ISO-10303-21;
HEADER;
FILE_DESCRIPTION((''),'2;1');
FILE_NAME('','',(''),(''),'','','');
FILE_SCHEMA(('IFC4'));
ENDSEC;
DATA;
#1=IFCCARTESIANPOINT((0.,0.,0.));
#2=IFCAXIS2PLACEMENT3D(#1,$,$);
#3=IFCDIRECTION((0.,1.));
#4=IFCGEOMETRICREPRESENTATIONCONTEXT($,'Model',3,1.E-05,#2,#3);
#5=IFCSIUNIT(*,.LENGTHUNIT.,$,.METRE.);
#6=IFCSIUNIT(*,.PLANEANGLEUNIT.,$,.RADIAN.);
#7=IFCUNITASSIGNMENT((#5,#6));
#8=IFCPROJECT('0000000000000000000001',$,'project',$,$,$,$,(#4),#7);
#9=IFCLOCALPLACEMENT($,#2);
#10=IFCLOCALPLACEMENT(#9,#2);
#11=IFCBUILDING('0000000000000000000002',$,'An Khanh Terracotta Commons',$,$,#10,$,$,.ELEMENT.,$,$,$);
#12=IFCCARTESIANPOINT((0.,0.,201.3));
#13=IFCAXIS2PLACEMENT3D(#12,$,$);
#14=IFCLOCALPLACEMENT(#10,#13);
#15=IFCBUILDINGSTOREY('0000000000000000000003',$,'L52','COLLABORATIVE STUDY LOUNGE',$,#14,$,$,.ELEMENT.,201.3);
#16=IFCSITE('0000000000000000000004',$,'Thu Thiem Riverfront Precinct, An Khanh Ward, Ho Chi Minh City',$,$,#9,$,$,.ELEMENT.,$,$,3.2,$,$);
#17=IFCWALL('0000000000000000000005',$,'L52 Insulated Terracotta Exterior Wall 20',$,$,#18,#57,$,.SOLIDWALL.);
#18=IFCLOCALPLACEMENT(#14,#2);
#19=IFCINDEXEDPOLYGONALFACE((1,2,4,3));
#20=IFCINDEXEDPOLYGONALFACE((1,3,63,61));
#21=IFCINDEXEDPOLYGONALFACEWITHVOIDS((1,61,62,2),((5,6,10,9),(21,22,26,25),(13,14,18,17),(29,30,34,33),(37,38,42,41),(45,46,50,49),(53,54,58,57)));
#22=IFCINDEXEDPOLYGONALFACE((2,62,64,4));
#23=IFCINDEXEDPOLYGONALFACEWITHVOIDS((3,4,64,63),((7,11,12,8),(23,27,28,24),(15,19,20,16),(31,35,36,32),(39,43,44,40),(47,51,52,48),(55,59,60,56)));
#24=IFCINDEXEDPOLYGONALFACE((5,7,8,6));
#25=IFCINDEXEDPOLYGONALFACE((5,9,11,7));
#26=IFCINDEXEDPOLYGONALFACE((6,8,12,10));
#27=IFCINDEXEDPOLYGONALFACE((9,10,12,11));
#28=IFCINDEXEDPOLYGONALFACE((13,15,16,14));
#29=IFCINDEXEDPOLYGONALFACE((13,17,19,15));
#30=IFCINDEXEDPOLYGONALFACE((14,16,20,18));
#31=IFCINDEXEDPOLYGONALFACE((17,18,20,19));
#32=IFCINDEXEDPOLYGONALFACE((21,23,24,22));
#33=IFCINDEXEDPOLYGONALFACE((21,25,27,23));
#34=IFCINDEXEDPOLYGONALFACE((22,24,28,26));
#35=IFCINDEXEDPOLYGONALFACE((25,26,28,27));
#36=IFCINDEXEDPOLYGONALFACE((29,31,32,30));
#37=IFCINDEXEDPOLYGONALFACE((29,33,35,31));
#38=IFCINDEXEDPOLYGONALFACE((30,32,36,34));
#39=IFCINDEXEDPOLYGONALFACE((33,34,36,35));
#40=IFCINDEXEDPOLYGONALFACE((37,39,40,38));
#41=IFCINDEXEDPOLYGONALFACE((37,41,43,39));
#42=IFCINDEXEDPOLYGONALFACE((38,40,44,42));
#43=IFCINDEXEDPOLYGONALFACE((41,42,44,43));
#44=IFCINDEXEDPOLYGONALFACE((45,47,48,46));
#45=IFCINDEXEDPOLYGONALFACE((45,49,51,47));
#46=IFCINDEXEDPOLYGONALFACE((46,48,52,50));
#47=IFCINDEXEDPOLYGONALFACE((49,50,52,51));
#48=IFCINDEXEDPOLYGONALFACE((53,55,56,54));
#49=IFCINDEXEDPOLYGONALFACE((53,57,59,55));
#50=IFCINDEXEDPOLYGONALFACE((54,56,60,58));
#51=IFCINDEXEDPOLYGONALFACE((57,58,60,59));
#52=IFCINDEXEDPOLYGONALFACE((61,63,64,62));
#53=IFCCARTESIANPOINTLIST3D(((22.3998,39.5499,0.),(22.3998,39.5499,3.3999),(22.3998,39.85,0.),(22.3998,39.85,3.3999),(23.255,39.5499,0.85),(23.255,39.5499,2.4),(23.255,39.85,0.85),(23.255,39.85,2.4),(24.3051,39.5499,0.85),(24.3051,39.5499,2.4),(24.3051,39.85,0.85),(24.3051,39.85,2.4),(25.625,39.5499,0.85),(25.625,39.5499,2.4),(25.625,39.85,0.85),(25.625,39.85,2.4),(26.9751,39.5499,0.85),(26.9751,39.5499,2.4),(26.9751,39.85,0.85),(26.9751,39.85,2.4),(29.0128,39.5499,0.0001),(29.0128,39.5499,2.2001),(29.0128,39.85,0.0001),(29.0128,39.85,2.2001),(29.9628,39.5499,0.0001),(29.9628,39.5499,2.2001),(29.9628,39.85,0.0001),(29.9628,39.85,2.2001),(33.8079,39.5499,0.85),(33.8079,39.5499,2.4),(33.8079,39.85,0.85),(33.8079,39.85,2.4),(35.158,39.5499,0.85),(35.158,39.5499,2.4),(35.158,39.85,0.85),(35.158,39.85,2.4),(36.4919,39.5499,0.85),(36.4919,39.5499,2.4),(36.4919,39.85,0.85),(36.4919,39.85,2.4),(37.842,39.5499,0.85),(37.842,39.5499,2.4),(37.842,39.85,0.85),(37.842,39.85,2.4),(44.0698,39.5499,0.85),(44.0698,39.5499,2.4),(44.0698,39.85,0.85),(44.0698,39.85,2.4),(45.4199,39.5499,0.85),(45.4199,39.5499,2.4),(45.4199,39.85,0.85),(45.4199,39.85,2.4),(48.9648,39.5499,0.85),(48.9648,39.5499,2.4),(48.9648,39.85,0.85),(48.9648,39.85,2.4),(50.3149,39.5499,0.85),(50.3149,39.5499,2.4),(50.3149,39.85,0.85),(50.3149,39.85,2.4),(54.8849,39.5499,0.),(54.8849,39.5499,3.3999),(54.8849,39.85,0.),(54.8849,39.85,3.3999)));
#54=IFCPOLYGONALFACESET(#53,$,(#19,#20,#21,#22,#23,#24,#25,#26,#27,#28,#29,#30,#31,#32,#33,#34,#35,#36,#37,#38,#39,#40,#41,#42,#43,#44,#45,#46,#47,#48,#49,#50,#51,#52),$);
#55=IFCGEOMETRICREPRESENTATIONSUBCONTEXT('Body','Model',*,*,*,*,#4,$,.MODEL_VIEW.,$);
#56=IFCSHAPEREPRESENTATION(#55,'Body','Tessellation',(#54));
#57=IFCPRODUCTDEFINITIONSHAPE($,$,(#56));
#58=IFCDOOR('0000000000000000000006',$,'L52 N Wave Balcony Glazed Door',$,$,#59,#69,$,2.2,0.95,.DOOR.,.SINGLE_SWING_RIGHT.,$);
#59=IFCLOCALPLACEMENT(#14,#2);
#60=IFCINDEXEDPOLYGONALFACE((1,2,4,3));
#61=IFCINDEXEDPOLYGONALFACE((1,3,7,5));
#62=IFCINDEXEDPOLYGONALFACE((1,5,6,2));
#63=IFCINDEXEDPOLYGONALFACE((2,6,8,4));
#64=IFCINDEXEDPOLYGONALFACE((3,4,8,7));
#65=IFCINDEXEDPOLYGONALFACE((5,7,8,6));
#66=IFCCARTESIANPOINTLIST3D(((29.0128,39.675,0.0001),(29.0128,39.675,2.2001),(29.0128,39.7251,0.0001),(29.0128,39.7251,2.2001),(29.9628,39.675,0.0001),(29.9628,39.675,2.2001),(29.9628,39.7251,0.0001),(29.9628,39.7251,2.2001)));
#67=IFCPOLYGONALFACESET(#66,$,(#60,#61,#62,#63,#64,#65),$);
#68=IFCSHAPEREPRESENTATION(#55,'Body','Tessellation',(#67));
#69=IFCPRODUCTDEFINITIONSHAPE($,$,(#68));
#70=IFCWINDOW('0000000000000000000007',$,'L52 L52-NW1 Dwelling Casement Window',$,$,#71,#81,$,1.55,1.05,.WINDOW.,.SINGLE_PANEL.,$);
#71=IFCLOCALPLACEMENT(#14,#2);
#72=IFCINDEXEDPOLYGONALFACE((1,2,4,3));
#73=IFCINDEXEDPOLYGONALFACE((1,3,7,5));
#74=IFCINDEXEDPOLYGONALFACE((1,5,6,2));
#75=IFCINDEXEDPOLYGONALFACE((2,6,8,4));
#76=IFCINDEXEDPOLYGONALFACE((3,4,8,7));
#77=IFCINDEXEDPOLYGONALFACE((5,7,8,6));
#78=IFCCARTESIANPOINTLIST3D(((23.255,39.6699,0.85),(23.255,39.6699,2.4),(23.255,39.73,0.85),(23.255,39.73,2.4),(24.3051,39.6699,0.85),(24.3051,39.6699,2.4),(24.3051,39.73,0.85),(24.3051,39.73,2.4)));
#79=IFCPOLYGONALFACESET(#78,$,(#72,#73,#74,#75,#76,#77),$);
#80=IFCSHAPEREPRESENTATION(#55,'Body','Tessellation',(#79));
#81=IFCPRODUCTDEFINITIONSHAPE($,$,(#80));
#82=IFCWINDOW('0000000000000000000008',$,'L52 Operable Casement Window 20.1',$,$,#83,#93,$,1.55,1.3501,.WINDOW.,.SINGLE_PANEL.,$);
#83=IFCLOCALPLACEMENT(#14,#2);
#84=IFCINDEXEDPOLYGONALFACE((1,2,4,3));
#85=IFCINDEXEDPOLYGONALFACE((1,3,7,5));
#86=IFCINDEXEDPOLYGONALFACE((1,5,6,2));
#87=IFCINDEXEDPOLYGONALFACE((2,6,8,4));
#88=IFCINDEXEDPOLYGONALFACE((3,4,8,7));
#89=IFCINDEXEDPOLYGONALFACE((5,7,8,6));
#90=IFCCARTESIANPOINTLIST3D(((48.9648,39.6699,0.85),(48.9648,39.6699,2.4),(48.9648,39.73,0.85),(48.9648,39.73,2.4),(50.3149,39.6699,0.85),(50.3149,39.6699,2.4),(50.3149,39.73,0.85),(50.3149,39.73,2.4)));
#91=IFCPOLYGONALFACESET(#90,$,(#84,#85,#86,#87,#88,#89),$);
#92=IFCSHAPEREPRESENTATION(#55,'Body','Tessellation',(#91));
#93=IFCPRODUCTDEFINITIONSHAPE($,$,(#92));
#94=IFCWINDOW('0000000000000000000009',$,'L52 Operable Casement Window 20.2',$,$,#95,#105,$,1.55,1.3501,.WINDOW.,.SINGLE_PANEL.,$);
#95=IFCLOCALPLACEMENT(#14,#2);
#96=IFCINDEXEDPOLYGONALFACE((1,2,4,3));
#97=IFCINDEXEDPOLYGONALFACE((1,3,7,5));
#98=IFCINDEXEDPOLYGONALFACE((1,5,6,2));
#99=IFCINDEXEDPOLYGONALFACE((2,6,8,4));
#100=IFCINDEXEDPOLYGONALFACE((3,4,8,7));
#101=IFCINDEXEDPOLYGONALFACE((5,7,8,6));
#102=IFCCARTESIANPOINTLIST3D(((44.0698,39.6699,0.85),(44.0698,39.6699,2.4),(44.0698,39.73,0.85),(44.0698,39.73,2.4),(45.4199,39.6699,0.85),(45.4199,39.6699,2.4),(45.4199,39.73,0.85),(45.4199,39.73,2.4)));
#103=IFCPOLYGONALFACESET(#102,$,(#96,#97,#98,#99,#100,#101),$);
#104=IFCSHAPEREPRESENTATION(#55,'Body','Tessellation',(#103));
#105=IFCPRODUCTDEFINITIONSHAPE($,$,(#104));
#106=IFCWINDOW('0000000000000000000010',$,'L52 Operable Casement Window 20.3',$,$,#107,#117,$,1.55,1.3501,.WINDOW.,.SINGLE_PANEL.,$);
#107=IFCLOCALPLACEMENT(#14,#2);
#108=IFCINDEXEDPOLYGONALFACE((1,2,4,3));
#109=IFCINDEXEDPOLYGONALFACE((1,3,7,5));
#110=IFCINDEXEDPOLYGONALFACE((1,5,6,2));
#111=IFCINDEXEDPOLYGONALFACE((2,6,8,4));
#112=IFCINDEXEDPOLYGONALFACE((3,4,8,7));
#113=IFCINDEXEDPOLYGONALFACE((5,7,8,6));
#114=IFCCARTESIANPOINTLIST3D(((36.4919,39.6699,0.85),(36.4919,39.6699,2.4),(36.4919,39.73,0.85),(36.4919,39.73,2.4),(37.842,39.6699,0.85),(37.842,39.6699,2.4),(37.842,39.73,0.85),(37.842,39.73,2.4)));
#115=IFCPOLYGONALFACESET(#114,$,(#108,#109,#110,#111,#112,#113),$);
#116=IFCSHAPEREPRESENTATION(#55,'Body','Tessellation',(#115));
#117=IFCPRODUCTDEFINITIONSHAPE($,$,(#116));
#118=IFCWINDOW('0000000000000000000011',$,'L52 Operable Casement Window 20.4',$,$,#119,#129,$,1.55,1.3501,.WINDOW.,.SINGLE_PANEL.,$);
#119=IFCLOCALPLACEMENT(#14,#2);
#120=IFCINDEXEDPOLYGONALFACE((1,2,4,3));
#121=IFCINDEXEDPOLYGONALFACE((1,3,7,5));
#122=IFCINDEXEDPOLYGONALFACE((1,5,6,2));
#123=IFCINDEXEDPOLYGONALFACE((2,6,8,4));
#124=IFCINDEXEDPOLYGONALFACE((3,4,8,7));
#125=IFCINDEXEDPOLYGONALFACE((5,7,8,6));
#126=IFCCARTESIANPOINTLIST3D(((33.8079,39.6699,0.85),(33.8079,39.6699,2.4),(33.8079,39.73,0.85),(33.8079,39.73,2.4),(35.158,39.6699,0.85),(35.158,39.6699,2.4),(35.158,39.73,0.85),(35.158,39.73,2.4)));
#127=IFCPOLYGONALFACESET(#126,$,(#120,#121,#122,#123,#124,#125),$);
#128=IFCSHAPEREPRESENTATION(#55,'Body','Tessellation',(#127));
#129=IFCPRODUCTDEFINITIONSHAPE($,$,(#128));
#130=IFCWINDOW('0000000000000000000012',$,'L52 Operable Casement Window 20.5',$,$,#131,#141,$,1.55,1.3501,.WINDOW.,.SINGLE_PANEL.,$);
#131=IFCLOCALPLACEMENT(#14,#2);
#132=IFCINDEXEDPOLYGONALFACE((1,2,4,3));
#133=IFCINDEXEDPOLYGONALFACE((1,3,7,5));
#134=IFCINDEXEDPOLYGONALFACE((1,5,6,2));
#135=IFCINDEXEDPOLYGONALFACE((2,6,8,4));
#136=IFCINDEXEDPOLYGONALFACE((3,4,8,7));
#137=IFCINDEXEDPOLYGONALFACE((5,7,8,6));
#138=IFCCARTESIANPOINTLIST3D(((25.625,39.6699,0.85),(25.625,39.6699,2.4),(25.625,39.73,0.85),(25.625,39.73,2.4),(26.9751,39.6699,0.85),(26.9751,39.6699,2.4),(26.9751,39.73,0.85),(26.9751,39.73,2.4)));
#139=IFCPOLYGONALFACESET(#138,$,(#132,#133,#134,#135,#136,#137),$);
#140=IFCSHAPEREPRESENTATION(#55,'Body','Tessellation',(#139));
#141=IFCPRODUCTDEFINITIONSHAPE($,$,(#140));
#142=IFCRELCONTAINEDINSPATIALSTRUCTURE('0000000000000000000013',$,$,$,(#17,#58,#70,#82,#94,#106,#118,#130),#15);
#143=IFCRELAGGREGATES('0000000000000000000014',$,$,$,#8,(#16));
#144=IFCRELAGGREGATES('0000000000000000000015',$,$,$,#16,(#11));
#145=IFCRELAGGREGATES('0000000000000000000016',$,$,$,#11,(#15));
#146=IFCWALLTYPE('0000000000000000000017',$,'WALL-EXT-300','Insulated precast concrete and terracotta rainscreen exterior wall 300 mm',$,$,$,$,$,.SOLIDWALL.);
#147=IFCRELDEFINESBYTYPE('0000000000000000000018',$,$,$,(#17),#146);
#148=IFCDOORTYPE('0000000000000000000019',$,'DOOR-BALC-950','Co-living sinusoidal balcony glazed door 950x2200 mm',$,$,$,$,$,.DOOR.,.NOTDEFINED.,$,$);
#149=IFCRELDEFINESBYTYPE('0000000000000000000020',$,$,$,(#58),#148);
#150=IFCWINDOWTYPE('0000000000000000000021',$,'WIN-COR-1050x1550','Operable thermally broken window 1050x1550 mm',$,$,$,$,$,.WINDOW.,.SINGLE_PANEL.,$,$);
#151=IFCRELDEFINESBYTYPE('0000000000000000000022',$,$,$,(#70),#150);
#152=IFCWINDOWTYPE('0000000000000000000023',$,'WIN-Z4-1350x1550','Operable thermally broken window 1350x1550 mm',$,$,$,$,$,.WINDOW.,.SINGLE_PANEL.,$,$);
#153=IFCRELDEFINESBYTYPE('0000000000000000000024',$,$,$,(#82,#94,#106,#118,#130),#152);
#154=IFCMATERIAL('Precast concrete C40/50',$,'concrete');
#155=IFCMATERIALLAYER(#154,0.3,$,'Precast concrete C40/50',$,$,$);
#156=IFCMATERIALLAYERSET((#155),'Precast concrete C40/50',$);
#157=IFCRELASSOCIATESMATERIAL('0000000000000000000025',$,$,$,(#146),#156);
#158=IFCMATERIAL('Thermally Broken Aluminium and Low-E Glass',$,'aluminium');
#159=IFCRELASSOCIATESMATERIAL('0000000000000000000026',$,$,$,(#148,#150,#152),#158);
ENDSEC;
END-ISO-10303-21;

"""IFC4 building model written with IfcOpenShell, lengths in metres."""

from ifc_helpers import new_model, si_unit, direction, frame, frame_2d, origin, place, context, subcontext, project, spatial, rectangle, extrude, material, layer, layer_set, type_object, element, fill, save


model = new_model("IFC4")

# Units and contexts
model_context = context("Model", 3, precision=1e-05, world=origin(), true_north=direction((0.0, 1.0)))
body_context = subcontext(model_context, "Body", "Model", "MODEL_VIEW")
ifc_project = project(units=[si_unit("LENGTHUNIT", "METRE"), si_unit("PLANEANGLEUNIT", "RADIAN")], contexts=[model_context])

# Site, building, storey
site_placement = place(None, origin())
site = spatial("IfcSite", under=ifc_project, at=site_placement, Name="Thu Thiem Riverfront Precinct, An Khanh Ward, Ho Chi Minh City", CompositionType="ELEMENT", RefElevation=3.2)
building_placement = place(site_placement, origin())
building = spatial("IfcBuilding", under=site, at=building_placement, Name="An Khanh Terracotta Commons", CompositionType="ELEMENT")
storey_placement = place(building_placement, frame((0.0, 0.0, 201.3)))
storey = spatial("IfcBuildingStorey", under=building, at=storey_placement, Name="L52", Description="COLLABORATIVE STUDY LOUNGE", CompositionType="ELEMENT", Elevation=201.3)

# Wall, openings, door, windows
ifc_material_1 = material(Name="Precast concrete C40/50", Category="concrete")
ifc_layer_1 = layer(ifc_material_1, 0.3, Name="Precast concrete C40/50")
ifc_layer_set_1 = layer_set([ifc_layer_1], Name="Precast concrete C40/50")
wall_type_1 = type_object("IfcWallType", Name="WALL-EXT-300", Description="Insulated precast concrete and terracotta rainscreen exterior wall 300 mm", PredefinedType="SOLIDWALL", material=ifc_layer_set_1)
wall_1_placement = place(storey_placement, frame((54.885, 39.7, 0.0), z_axis=(0.0, 0.0, 1.0), x_axis=(-1.0, 0.0, 0.0)))
wall_1 = element("IfcWall", 1, at=wall_1_placement, inside=storey, type_object=wall_type_1, Name="L52 Insulated Terracotta Exterior Wall 20", PredefinedType="SOLIDWALL", context=body_context, shape_type="SweptSolid", body=[
    extrude(rectangle(XDim=32.4851, YDim=0.3, at=frame_2d((16.2427, 0.0))), origin(), (0.0, 0.0, 1.0), 3.3999),
])
opening_1_placement = place(wall_1_placement, frame((24.9221, 0.0, 0.0)))
opening_1 = element("IfcOpeningElement", 2, at=opening_1_placement, cuts=wall_1, PredefinedType="OPENING", context=body_context, shape_type="SweptSolid", body=[
    extrude(rectangle(XDim=0.95, YDim=2.2, at=frame_2d((0.4751, 1.1001))), frame((0.0, 0.1599, 0.0), z_axis=(0.0, -1.0, 0.0), x_axis=(1.0, 0.0, 0.0)), (0.0, 0.0, 1.0), 0.3201),
])
opening_2_placement = place(wall_1_placement, frame((4.5701, 0.0, 0.8501)))
opening_2 = element("IfcOpeningElement", 3, at=opening_2_placement, cuts=wall_1, PredefinedType="OPENING", context=body_context, shape_type="SweptSolid", body=[
    extrude(rectangle(XDim=1.3501, YDim=1.55, at=frame_2d((0.675, 0.7749))), frame((0.0, 0.1599, 0.0), z_axis=(0.0, -1.0, 0.0), x_axis=(1.0, 0.0, 0.0)), (0.0, 0.0, 1.0), 0.3201),
])
opening_3_placement = place(wall_1_placement, frame((9.4651, 0.0, 0.8501)))
opening_3 = element("IfcOpeningElement", 4, at=opening_3_placement, cuts=wall_1, PredefinedType="OPENING", context=body_context, shape_type="SweptSolid", body=[
    extrude(rectangle(XDim=1.3501, YDim=1.55, at=frame_2d((0.675, 0.7749))), frame((0.0, 0.1599, 0.0), z_axis=(0.0, -1.0, 0.0), x_axis=(1.0, 0.0, 0.0)), (0.0, 0.0, 1.0), 0.3201),
])
opening_4_placement = place(wall_1_placement, frame((17.043, 0.0, 0.8501)))
opening_4 = element("IfcOpeningElement", 5, at=opening_4_placement, cuts=wall_1, PredefinedType="OPENING", context=body_context, shape_type="SweptSolid", body=[
    extrude(rectangle(XDim=1.3501, YDim=1.55, at=frame_2d((0.675, 0.7749))), frame((0.0, 0.1599, 0.0), z_axis=(0.0, -1.0, 0.0), x_axis=(1.0, 0.0, 0.0)), (0.0, 0.0, 1.0), 0.3201),
])
opening_5_placement = place(wall_1_placement, frame((19.7271, 0.0, 0.8501)))
opening_5 = element("IfcOpeningElement", 6, at=opening_5_placement, cuts=wall_1, PredefinedType="OPENING", context=body_context, shape_type="SweptSolid", body=[
    extrude(rectangle(XDim=1.3501, YDim=1.55, at=frame_2d((0.675, 0.7749))), frame((0.0, 0.1599, 0.0), z_axis=(0.0, -1.0, 0.0), x_axis=(1.0, 0.0, 0.0)), (0.0, 0.0, 1.0), 0.3201),
])
opening_6_placement = place(wall_1_placement, frame((27.9099, 0.0, 0.8501)))
opening_6 = element("IfcOpeningElement", 7, at=opening_6_placement, cuts=wall_1, PredefinedType="OPENING", context=body_context, shape_type="SweptSolid", body=[
    extrude(rectangle(XDim=1.3501, YDim=1.55, at=frame_2d((0.675, 0.7749))), frame((0.0, 0.1599, 0.0), z_axis=(0.0, -1.0, 0.0), x_axis=(1.0, 0.0, 0.0)), (0.0, 0.0, 1.0), 0.3201),
])
opening_7_placement = place(wall_1_placement, frame((30.5801, 0.0, 0.8501)))
opening_7 = element("IfcOpeningElement", 8, at=opening_7_placement, cuts=wall_1, PredefinedType="OPENING", context=body_context, shape_type="SweptSolid", body=[
    extrude(rectangle(XDim=1.05, YDim=1.55, at=frame_2d((0.5249, 0.7749))), frame((0.0, 0.1599, 0.0), z_axis=(0.0, -1.0, 0.0), x_axis=(1.0, 0.0, 0.0)), (0.0, 0.0, 1.0), 0.3201),
])
ifc_material_2 = material(Name="Thermally Broken Aluminium and Low-E Glass", Category="aluminium")
door_type_1 = type_object("IfcDoorType", Name="DOOR-BALC-950", Description="Co-living sinusoidal balcony glazed door 950x2200 mm", OperationType="NOTDEFINED", PredefinedType="DOOR", material=ifc_material_2)
door_1_placement = place(opening_1_placement, origin())
door_1 = element("IfcDoor", 9, at=door_1_placement, inside=storey, type_object=door_type_1, Name="L52 N Wave Balcony Glazed Door", OperationType="SINGLE_SWING_RIGHT", OverallHeight=2.2, OverallWidth=0.95, PredefinedType="DOOR", context=body_context, shape_type="SweptSolid", body=[
    extrude(rectangle(XDim=0.95, YDim=2.2, at=frame_2d((0.4751, 1.1001))), frame((0.0, 0.0249, 0.0), z_axis=(0.0, -1.0, 0.0), x_axis=(1.0, 0.0, 0.0)), (0.0, 0.0, 1.0), 0.05),
])
fill(opening_1, door_1)
window_type_1 = type_object("IfcWindowType", Name="WIN-COR-1050x1550", Description="Operable thermally broken window 1050x1550 mm", PartitioningType="SINGLE_PANEL", PredefinedType="WINDOW", material=ifc_material_2)
window_1_placement = place(opening_7_placement, origin())
window_1 = element("IfcWindow", 10, at=window_1_placement, inside=storey, type_object=window_type_1, Name="L52 L52-NW1 Dwelling Casement Window", OverallHeight=1.55, OverallWidth=1.05, PartitioningType="SINGLE_PANEL", PredefinedType="WINDOW", context=body_context, shape_type="SweptSolid", body=[
    extrude(rectangle(XDim=1.05, YDim=1.55, at=frame_2d((0.5249, 0.7749))), frame((0.0, 0.03, 0.0), z_axis=(0.0, -1.0, 0.0), x_axis=(1.0, 0.0, 0.0)), (0.0, 0.0, 1.0), 0.0601),
])
fill(opening_7, window_1)
window_type_2 = type_object("IfcWindowType", Name="WIN-Z4-1350x1550", Description="Operable thermally broken window 1350x1550 mm", PartitioningType="SINGLE_PANEL", PredefinedType="WINDOW", material=ifc_material_2)
window_2_placement = place(opening_2_placement, origin())
window_2 = element("IfcWindow", 11, at=window_2_placement, inside=storey, type_object=window_type_2, Name="L52 Operable Casement Window 20.1", OverallHeight=1.55, OverallWidth=1.3501, PartitioningType="SINGLE_PANEL", PredefinedType="WINDOW", context=body_context, shape_type="SweptSolid", body=[
    extrude(rectangle(XDim=1.3501, YDim=1.55, at=frame_2d((0.675, 0.7749))), frame((0.0, 0.03, 0.0), z_axis=(0.0, -1.0, 0.0), x_axis=(1.0, 0.0, 0.0)), (0.0, 0.0, 1.0), 0.0601),
])
fill(opening_2, window_2)
window_3_placement = place(opening_3_placement, origin())
window_3 = element("IfcWindow", 12, at=window_3_placement, inside=storey, type_object=window_type_2, Name="L52 Operable Casement Window 20.2", OverallHeight=1.55, OverallWidth=1.3501, PartitioningType="SINGLE_PANEL", PredefinedType="WINDOW", context=body_context, shape_type="SweptSolid", body=[
    extrude(rectangle(XDim=1.3501, YDim=1.55, at=frame_2d((0.675, 0.7749))), frame((0.0, 0.03, 0.0), z_axis=(0.0, -1.0, 0.0), x_axis=(1.0, 0.0, 0.0)), (0.0, 0.0, 1.0), 0.0601),
])
fill(opening_3, window_3)
window_4_placement = place(opening_4_placement, origin())
window_4 = element("IfcWindow", 13, at=window_4_placement, inside=storey, type_object=window_type_2, Name="L52 Operable Casement Window 20.3", OverallHeight=1.55, OverallWidth=1.3501, PartitioningType="SINGLE_PANEL", PredefinedType="WINDOW", context=body_context, shape_type="SweptSolid", body=[
    extrude(rectangle(XDim=1.3501, YDim=1.55, at=frame_2d((0.675, 0.7749))), frame((0.0, 0.03, 0.0), z_axis=(0.0, -1.0, 0.0), x_axis=(1.0, 0.0, 0.0)), (0.0, 0.0, 1.0), 0.0601),
])
fill(opening_4, window_4)
window_5_placement = place(opening_5_placement, origin())
window_5 = element("IfcWindow", 14, at=window_5_placement, inside=storey, type_object=window_type_2, Name="L52 Operable Casement Window 20.4", OverallHeight=1.55, OverallWidth=1.3501, PartitioningType="SINGLE_PANEL", PredefinedType="WINDOW", context=body_context, shape_type="SweptSolid", body=[
    extrude(rectangle(XDim=1.3501, YDim=1.55, at=frame_2d((0.675, 0.7749))), frame((0.0, 0.03, 0.0), z_axis=(0.0, -1.0, 0.0), x_axis=(1.0, 0.0, 0.0)), (0.0, 0.0, 1.0), 0.0601),
])
fill(opening_5, window_5)
window_6_placement = place(opening_6_placement, origin())
window_6 = element("IfcWindow", 15, at=window_6_placement, inside=storey, type_object=window_type_2, Name="L52 Operable Casement Window 20.5", OverallHeight=1.55, OverallWidth=1.3501, PartitioningType="SINGLE_PANEL", PredefinedType="WINDOW", context=body_context, shape_type="SweptSolid", body=[
    extrude(rectangle(XDim=1.3501, YDim=1.55, at=frame_2d((0.675, 0.7749))), frame((0.0, 0.03, 0.0), z_axis=(0.0, -1.0, 0.0), x_axis=(1.0, 0.0, 0.0)), (0.0, 0.0, 1.0), 0.0601),
])
fill(opening_6, window_6)

save(model, "model.ifc")
